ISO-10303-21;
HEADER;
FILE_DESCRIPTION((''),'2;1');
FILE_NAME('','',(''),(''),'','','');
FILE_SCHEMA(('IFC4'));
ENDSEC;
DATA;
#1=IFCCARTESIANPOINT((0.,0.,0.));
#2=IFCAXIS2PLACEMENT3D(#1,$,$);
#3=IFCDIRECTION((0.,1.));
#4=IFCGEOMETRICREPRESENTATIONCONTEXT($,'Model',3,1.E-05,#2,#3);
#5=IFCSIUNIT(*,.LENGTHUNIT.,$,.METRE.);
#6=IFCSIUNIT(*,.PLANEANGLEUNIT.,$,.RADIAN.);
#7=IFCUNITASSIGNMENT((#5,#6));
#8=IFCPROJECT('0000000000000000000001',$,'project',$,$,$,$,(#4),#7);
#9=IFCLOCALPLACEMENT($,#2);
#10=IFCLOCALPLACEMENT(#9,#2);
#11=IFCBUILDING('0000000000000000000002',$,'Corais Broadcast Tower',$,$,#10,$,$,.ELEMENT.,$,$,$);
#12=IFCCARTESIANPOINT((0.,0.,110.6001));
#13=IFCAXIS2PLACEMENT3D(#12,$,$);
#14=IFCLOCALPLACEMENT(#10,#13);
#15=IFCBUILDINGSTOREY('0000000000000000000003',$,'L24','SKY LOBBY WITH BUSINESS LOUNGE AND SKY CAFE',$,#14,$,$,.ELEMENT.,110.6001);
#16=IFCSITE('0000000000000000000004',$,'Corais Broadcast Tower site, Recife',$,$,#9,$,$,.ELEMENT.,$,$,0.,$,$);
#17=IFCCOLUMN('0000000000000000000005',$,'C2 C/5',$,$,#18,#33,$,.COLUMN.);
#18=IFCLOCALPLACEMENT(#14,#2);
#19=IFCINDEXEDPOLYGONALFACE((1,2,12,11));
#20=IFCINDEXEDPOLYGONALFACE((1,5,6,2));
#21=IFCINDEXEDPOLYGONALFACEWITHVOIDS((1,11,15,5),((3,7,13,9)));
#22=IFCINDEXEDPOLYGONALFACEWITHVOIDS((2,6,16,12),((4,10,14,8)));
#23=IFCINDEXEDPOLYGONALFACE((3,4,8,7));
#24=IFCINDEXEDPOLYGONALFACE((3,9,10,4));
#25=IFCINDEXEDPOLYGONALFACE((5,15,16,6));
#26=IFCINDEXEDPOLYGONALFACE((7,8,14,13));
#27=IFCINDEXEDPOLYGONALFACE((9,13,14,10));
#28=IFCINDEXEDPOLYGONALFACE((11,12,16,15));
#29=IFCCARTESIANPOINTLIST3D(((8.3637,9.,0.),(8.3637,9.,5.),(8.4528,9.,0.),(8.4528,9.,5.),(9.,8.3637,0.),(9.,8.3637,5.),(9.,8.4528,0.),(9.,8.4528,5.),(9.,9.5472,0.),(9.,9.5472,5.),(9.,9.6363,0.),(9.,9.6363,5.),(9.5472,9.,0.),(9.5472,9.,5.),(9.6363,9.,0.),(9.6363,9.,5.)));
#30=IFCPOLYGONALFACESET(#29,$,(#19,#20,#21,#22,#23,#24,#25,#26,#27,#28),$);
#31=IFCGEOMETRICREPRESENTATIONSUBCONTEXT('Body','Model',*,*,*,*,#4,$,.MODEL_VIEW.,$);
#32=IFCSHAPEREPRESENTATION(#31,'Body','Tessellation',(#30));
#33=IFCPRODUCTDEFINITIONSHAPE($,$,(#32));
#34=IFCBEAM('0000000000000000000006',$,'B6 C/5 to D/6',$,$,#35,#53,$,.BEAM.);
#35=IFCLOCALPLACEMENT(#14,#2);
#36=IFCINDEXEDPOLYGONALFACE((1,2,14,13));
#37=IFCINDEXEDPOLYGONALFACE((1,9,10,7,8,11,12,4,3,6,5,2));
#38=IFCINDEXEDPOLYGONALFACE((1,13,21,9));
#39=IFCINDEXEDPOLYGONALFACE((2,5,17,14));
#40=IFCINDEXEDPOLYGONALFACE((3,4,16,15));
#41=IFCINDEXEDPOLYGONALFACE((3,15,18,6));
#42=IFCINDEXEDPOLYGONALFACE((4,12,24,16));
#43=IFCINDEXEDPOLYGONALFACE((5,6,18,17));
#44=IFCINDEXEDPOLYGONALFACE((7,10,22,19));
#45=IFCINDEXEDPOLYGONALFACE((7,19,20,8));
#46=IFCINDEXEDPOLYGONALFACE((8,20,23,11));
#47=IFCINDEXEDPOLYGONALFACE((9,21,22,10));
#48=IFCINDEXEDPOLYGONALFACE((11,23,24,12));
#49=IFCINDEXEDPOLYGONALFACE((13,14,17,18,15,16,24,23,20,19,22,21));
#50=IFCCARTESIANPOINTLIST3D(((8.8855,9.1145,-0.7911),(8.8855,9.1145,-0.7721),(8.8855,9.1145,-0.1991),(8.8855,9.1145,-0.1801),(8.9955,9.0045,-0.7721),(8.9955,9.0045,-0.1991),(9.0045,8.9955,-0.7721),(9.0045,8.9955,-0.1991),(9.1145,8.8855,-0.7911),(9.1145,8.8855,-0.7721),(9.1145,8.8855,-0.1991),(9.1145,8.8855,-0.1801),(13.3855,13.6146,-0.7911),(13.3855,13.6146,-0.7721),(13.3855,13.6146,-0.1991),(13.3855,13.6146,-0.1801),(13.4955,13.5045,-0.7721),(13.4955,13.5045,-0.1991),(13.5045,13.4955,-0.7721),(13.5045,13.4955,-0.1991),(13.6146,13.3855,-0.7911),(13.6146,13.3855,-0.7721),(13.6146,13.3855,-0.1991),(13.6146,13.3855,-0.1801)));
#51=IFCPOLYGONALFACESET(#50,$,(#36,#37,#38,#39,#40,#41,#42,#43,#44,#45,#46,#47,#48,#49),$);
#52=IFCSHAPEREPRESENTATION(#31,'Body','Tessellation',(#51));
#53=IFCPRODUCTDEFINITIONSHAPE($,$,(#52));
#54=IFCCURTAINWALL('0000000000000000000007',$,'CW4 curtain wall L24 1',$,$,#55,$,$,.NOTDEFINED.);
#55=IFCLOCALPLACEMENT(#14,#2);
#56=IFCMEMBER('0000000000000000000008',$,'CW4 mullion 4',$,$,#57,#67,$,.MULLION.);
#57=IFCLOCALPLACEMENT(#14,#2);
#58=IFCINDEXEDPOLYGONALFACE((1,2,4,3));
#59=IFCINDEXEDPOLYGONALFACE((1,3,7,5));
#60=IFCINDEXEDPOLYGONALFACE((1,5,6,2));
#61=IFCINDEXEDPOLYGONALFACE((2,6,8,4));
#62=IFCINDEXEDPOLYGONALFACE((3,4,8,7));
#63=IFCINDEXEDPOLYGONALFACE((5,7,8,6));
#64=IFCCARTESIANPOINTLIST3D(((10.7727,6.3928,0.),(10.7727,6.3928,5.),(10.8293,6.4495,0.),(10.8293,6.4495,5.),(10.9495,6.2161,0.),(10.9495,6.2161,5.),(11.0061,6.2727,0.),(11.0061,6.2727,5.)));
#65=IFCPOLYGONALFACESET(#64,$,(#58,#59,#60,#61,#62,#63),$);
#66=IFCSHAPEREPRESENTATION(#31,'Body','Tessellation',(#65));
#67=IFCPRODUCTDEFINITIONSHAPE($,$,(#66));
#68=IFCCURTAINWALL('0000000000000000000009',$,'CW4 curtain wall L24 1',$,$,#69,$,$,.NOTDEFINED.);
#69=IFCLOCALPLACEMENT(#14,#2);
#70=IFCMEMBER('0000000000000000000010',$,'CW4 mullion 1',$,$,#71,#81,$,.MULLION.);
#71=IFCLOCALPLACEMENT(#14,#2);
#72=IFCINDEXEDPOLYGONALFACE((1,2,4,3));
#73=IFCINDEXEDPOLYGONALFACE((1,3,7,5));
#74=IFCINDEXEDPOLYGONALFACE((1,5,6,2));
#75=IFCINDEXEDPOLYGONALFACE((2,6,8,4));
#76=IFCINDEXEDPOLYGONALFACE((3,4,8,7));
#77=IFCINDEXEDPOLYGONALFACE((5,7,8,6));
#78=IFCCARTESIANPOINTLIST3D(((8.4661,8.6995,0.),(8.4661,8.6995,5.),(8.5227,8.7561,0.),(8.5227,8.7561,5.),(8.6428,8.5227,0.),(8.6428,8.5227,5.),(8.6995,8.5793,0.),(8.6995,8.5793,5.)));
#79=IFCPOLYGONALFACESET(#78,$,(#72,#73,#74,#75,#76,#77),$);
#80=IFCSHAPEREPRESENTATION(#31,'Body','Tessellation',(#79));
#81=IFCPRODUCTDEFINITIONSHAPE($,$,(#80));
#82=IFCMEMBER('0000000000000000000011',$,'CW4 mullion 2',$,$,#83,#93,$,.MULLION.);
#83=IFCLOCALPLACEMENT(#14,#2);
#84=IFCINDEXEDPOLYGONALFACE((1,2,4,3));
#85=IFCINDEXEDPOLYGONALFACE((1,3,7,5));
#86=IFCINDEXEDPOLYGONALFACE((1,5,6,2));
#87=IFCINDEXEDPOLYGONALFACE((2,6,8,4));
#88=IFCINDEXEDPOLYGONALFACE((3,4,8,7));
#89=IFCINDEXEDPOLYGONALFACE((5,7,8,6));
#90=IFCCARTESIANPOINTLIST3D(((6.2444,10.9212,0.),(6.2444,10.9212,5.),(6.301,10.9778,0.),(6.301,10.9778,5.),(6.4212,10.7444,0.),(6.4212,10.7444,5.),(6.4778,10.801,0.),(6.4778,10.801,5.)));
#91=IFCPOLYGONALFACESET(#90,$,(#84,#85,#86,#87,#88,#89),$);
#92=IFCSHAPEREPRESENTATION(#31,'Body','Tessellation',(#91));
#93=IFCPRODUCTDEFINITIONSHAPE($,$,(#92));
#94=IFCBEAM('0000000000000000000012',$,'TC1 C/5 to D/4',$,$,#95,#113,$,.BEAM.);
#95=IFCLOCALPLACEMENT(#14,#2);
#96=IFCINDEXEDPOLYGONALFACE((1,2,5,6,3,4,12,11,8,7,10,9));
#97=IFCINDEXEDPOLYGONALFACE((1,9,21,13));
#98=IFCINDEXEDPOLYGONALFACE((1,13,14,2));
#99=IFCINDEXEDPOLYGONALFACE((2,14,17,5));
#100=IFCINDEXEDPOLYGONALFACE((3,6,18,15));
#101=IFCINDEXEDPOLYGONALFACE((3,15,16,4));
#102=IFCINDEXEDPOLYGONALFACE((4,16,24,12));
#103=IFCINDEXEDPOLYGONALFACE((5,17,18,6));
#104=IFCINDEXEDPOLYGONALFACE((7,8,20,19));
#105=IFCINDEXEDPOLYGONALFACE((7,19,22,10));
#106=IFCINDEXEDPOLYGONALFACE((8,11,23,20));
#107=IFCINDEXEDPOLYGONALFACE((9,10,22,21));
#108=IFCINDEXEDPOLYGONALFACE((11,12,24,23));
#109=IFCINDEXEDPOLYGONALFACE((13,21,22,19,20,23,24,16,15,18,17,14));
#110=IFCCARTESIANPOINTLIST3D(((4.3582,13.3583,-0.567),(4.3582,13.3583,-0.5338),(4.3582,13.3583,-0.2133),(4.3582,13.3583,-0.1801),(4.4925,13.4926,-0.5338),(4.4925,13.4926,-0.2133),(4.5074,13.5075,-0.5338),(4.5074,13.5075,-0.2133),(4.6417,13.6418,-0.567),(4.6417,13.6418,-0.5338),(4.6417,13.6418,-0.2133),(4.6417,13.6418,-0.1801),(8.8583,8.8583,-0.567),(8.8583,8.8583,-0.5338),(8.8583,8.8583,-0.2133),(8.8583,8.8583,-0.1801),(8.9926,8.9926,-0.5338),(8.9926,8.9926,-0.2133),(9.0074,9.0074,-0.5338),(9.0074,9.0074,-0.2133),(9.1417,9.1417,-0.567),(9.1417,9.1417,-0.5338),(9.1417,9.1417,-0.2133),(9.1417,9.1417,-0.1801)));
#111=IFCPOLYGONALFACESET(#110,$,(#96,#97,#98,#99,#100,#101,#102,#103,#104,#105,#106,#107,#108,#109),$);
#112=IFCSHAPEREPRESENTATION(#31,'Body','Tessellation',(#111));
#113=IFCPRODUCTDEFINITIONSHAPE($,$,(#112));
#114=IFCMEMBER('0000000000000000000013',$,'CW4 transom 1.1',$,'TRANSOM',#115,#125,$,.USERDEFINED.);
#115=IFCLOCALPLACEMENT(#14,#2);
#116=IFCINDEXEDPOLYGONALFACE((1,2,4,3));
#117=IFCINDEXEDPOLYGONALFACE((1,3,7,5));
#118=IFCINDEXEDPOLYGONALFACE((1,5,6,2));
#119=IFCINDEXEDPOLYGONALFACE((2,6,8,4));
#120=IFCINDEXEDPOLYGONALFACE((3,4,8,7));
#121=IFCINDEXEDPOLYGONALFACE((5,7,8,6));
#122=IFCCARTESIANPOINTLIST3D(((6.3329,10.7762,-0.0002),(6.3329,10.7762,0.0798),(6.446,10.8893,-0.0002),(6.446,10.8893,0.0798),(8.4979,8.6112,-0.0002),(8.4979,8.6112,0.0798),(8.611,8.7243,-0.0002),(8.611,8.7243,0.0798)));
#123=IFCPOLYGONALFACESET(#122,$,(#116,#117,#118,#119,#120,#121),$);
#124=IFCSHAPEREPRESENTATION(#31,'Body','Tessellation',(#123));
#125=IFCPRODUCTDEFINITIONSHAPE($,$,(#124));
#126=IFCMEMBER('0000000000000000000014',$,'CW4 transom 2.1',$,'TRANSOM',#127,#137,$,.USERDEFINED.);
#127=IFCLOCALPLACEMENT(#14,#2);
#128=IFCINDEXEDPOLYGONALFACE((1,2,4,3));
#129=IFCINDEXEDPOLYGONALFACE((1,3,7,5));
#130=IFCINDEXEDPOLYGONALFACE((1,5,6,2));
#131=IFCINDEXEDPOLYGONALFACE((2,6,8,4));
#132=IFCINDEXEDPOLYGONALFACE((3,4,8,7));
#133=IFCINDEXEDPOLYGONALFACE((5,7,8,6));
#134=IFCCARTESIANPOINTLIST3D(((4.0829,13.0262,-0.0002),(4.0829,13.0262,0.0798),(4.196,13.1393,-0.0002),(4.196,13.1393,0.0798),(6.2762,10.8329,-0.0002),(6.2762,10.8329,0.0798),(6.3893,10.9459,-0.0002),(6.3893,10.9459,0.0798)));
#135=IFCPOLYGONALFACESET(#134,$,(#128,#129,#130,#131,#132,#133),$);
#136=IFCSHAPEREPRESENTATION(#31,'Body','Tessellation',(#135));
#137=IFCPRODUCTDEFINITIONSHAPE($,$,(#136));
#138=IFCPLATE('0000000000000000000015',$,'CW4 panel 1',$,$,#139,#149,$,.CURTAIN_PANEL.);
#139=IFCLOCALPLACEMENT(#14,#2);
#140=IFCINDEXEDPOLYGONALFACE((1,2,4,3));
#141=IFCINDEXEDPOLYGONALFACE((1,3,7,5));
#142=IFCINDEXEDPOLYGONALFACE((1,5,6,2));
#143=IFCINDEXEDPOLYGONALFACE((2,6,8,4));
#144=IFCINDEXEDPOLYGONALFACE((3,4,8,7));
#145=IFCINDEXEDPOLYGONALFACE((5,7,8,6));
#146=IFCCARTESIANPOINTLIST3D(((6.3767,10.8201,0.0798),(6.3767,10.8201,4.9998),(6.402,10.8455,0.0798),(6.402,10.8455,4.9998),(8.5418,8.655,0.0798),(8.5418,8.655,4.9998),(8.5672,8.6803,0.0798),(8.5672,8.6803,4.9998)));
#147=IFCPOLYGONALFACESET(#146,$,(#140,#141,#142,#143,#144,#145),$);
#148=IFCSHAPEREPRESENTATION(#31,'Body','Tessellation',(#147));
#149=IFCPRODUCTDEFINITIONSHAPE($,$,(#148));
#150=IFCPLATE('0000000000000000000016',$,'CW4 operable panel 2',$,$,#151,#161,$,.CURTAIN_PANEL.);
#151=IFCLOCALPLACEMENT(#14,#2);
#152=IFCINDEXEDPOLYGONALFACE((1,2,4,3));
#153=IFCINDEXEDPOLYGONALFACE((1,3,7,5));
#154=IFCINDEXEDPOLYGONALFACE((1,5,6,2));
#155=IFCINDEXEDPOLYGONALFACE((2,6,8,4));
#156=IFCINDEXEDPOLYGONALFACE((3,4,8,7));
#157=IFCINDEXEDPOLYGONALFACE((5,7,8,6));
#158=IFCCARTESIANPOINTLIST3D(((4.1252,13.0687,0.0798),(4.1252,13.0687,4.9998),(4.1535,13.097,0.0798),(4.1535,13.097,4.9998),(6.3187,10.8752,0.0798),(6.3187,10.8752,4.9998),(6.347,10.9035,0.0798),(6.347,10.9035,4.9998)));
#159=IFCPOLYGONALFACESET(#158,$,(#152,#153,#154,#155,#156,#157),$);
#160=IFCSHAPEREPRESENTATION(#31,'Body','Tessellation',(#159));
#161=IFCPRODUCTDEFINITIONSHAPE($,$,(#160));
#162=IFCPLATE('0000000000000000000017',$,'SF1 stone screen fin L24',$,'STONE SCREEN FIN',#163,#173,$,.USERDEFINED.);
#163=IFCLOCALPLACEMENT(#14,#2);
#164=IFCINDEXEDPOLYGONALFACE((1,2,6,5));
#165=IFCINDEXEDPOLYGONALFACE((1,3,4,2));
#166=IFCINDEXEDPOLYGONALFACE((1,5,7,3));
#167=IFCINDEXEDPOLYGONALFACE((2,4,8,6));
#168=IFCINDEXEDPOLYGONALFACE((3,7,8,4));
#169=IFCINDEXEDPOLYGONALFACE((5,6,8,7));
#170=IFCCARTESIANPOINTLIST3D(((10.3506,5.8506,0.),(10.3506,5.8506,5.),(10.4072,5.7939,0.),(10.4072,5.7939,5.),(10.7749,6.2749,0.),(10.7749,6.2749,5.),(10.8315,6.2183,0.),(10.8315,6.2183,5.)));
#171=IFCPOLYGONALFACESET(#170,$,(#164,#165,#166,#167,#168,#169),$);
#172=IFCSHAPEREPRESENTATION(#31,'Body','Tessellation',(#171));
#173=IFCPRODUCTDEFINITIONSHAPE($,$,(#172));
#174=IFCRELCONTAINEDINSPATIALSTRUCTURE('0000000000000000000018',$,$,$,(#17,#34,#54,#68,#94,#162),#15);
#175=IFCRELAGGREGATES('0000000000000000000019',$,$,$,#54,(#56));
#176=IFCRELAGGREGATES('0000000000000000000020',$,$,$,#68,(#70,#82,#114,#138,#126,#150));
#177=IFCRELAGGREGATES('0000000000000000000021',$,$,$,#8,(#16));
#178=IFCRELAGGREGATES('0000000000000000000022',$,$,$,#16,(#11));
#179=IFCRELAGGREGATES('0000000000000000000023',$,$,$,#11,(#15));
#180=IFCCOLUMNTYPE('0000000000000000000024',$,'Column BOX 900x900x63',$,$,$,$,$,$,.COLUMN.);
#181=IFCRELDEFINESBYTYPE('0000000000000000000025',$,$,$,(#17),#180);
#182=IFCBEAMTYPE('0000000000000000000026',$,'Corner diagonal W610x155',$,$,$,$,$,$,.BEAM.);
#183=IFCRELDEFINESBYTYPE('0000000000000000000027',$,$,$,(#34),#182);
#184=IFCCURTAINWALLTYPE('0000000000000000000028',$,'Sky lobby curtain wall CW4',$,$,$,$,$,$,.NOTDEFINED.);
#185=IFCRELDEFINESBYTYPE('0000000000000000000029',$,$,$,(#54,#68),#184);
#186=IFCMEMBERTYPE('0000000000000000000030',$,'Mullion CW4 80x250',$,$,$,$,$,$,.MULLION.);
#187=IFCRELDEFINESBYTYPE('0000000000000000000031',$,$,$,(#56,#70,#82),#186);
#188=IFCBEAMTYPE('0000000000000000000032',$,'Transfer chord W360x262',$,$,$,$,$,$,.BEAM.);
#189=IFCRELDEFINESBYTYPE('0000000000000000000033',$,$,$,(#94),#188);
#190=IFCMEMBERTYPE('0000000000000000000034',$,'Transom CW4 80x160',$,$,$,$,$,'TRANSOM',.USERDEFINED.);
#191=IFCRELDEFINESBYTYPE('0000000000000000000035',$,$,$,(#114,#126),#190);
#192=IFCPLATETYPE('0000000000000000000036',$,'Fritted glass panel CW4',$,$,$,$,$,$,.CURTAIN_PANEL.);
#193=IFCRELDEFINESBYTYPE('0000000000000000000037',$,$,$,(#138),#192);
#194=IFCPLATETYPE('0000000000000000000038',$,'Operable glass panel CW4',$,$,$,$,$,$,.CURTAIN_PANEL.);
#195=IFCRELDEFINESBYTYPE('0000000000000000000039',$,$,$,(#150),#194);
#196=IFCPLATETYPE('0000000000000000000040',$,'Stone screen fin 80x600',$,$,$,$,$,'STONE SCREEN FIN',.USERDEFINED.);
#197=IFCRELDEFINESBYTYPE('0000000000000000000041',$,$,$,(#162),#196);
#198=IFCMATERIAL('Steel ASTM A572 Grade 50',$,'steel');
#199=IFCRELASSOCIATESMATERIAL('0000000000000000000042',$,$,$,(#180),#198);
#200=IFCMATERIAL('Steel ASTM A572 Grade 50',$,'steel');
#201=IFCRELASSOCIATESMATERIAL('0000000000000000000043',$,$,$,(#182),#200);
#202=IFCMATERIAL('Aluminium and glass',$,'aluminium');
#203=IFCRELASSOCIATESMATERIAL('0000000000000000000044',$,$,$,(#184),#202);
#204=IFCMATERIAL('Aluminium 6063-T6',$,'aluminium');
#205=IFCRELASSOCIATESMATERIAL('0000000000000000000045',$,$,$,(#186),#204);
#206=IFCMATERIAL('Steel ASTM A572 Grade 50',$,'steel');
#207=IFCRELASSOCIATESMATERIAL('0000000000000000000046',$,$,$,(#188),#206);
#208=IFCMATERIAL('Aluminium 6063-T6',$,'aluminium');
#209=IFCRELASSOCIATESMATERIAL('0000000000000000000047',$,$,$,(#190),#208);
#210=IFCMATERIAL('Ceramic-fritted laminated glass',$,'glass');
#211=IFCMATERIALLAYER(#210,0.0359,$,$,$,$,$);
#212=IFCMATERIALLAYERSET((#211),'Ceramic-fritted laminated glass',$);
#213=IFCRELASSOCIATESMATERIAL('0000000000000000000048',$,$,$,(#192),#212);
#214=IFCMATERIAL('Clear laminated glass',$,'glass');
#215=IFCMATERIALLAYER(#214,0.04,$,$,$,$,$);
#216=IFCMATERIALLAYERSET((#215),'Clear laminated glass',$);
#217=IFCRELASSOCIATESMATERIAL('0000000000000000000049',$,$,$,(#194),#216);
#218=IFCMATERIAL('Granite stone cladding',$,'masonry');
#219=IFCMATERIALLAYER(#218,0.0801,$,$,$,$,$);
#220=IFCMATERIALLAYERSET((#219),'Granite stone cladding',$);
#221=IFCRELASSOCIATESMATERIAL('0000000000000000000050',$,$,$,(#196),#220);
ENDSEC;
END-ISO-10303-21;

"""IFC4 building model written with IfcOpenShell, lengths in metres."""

from ifc_helpers import new_model, si_unit, direction, frame, origin, origin_2d, place, context, subcontext, project, spatial, rectangle, hollow_rectangle, i_section, extrude, material, layer, layer_set, material_profile, profile_set, type_object, element, aggregate, save


model = new_model("IFC4")

# Units and contexts
model_context = context("Model", 3, precision=1e-05, world=origin(), true_north=direction((0.0, 1.0)))
body_context = subcontext(model_context, "Body", "Model", "MODEL_VIEW")
ifc_project = project(units=[si_unit("LENGTHUNIT", "METRE"), si_unit("PLANEANGLEUNIT", "RADIAN")], contexts=[model_context])

# Site, building, storey
site_placement = place(None, origin())
site = spatial("IfcSite", under=ifc_project, at=site_placement, Name="Corais Broadcast Tower site, Recife", CompositionType="ELEMENT", RefElevation=0.0)
building_placement = place(site_placement, origin())
building = spatial("IfcBuilding", under=site, at=building_placement, Name="Corais Broadcast Tower", CompositionType="ELEMENT")
storey_placement = place(building_placement, frame((0.0, 0.0, 110.6001)))
storey = spatial("IfcBuildingStorey", under=building, at=storey_placement, Name="L24", Description="SKY LOBBY WITH BUSINESS LOUNGE AND SKY CAFE", CompositionType="ELEMENT", Elevation=110.6001)

# Column
ifc_material_1 = material(Name="Steel ASTM A572 Grade 50", Category="steel")
ifc_material_profile_1 = material_profile(ifc_material_1, hollow_rectangle(XDim=0.8999, YDim=0.8999, WallThickness=0.063, at=origin_2d()), Name="BOX 900x900x63")
ifc_profile_set_1 = profile_set([ifc_material_profile_1], Name="Steel ASTM A572 Grade 50")
column_type = type_object("IfcColumnType", Name="Column BOX 900x900x63", PredefinedType="COLUMN", material=ifc_profile_set_1)
column_placement = place(storey_placement, frame((9.0, 9.0, 0.0), z_axis=(0.0, 0.0, 1.0), x_axis=(0.707107, 0.707107, 0.0)))
element("IfcColumn", 1, at=column_placement, inside=storey, type_object=column_type, Name="C2 C/5", PredefinedType="COLUMN", context=body_context, shape_type="SweptSolid", body=[
    extrude(hollow_rectangle(XDim=0.8999, YDim=0.8999, WallThickness=0.063, at=origin_2d()), origin(), (0.0, 0.0, 1.0), 5.0),
])

# Beam
ifc_material_2 = material(Name="Steel ASTM A572 Grade 50", Category="steel")
ifc_material_profile_2 = material_profile(ifc_material_2, i_section(OverallWidth=0.324, OverallDepth=0.6111, WebThickness=0.0127, FlangeThickness=0.019, at=origin_2d()), Name="W610x155")
ifc_profile_set_2 = profile_set([ifc_material_profile_2], Name="Steel ASTM A572 Grade 50")
beam_type_1 = type_object("IfcBeamType", Name="Corner diagonal W610x155", PredefinedType="BEAM", material=ifc_profile_set_2)
beam_1_placement = place(storey_placement, frame((9.0, 9.0, -0.4856), z_axis=(0.707107, 0.707107, 0.0), x_axis=(-0.707107, 0.707107, 0.0)))
element("IfcBeam", 2, at=beam_1_placement, inside=storey, type_object=beam_type_1, Name="B6 C/5 to D/6", PredefinedType="BEAM", context=body_context, shape_type="SweptSolid", body=[
    extrude(i_section(OverallWidth=0.324, OverallDepth=0.6111, WebThickness=0.0127, FlangeThickness=0.019, at=origin_2d()), origin(), (0.0, 0.0, 1.0), 6.364),
])

# Curtain wall, member
ifc_material_3 = material(Name="Aluminium and glass", Category="aluminium")
curtain_wall_type = type_object("IfcCurtainWallType", Name="Sky lobby curtain wall CW4", PredefinedType="NOTDEFINED", material=ifc_material_3)
curtain_wall_1_placement = place(storey_placement, origin())
curtain_wall_1 = element("IfcCurtainWall", 3, at=curtain_wall_1_placement, inside=storey, type_object=curtain_wall_type, Name="CW4 curtain wall L24 1", PredefinedType="NOTDEFINED")
ifc_material_4 = material(Name="Aluminium 6063-T6", Category="aluminium")
ifc_material_profile_3 = material_profile(ifc_material_4, rectangle(XDim=0.0801, YDim=0.25, at=origin_2d()), Name="Mullion CW4 80x250")
ifc_profile_set_3 = profile_set([ifc_material_profile_3], Name="Aluminium 6063-T6")
member_type_1 = type_object("IfcMemberType", Name="Mullion CW4 80x250", PredefinedType="MULLION", material=ifc_profile_set_3)
member_1_placement = place(storey_placement, frame((10.8894, 6.3328, 0.0), z_axis=(0.0, 0.0, 1.0), x_axis=(-0.707107, -0.707107, 0.0)))
member_1 = element("IfcMember", 4, at=member_1_placement, type_object=member_type_1, Name="CW4 mullion 4", PredefinedType="MULLION", context=body_context, shape_type="SweptSolid", body=[
    extrude(rectangle(XDim=0.0801, YDim=0.25, at=origin_2d()), origin(), (0.0, 0.0, 1.0), 5.0),
])
aggregate(curtain_wall_1, [member_1])

# Curtain wall, members
curtain_wall_2_placement = place(storey_placement, origin())
curtain_wall_2 = element("IfcCurtainWall", 5, at=curtain_wall_2_placement, inside=storey, type_object=curtain_wall_type, Name="CW4 curtain wall L24 1", PredefinedType="NOTDEFINED")
member_2_placement = place(storey_placement, frame((8.5828, 8.6394, 0.0), z_axis=(0.0, 0.0, 1.0), x_axis=(-0.707107, -0.707107, 0.0)))
member_2 = element("IfcMember", 6, at=member_2_placement, type_object=member_type_1, Name="CW4 mullion 1", PredefinedType="MULLION", context=body_context, shape_type="SweptSolid", body=[
    extrude(rectangle(XDim=0.0801, YDim=0.25, at=origin_2d()), origin(), (0.0, 0.0, 1.0), 5.0),
])
member_3_placement = place(storey_placement, frame((6.3611, 10.8611, 0.0), z_axis=(0.0, 0.0, 1.0), x_axis=(-0.707107, -0.707107, 0.0)))
member_3 = element("IfcMember", 7, at=member_3_placement, type_object=member_type_1, Name="CW4 mullion 2", PredefinedType="MULLION", context=body_context, shape_type="SweptSolid", body=[
    extrude(rectangle(XDim=0.0801, YDim=0.25, at=origin_2d()), origin(), (0.0, 0.0, 1.0), 5.0),
])

# Beam
ifc_material_5 = material(Name="Steel ASTM A572 Grade 50", Category="steel")
ifc_material_profile_4 = material_profile(ifc_material_5, i_section(OverallWidth=0.4009, OverallDepth=0.387, WebThickness=0.021, FlangeThickness=0.0332, at=origin_2d()), Name="W360x262")
ifc_profile_set_4 = profile_set([ifc_material_profile_4], Name="Steel ASTM A572 Grade 50")
beam_type_2 = type_object("IfcBeamType", Name="Transfer chord W360x262", PredefinedType="BEAM", material=ifc_profile_set_4)
beam_2_placement = place(storey_placement, frame((9.0, 9.0, -0.3735), z_axis=(-0.707107, 0.707107, 0.0), x_axis=(-0.707107, -0.707107, 0.0)))
element("IfcBeam", 8, at=beam_2_placement, inside=storey, type_object=beam_type_2, Name="TC1 C/5 to D/4", PredefinedType="BEAM", context=body_context, shape_type="SweptSolid", body=[
    extrude(i_section(OverallWidth=0.4009, OverallDepth=0.387, WebThickness=0.021, FlangeThickness=0.0332, at=origin_2d()), origin(), (0.0, 0.0, 1.0), 6.364),
])

# Members
ifc_material_6 = material(Name="Aluminium 6063-T6", Category="aluminium")
ifc_material_profile_5 = material_profile(ifc_material_6, rectangle(XDim=0.1599, YDim=0.0801, at=origin_2d()), Name="Transom CW4 80x160")
ifc_profile_set_5 = profile_set([ifc_material_profile_5], Name="Aluminium 6063-T6")
member_type_2 = type_object("IfcMemberType", Name="Transom CW4 80x160", ElementType="TRANSOM", PredefinedType="USERDEFINED", material=ifc_profile_set_5)
member_4_placement = place(storey_placement, frame((8.5544, 8.6677, 0.0398), z_axis=(-0.707107, 0.707107, 0.0), x_axis=(-0.707107, -0.707107, 0.0)))
member_4 = element("IfcMember", 9, at=member_4_placement, type_object=member_type_2, Name="CW4 transom 1.1", ObjectType="TRANSOM", PredefinedType="USERDEFINED", context=body_context, shape_type="SweptSolid", body=[
    extrude(rectangle(XDim=0.1599, YDim=0.0801, at=origin_2d()), origin(), (0.0, 0.0, 1.0), 3.0618),
])
member_5_placement = place(storey_placement, frame((6.3328, 10.8894, 0.0398), z_axis=(-0.707107, 0.707107, 0.0), x_axis=(-0.707107, -0.707107, 0.0)))
member_5 = element("IfcMember", 10, at=member_5_placement, type_object=member_type_2, Name="CW4 transom 2.1", ObjectType="TRANSOM", PredefinedType="USERDEFINED", context=body_context, shape_type="SweptSolid", body=[
    extrude(rectangle(XDim=0.1599, YDim=0.0801, at=origin_2d()), origin(), (0.0, 0.0, 1.0), 3.1018),
])

# Plates
ifc_material_7 = material(Name="Ceramic-fritted laminated glass", Category="glass")
ifc_layer_1 = layer(ifc_material_7, 0.0359)
ifc_layer_set_1 = layer_set([ifc_layer_1], Name="Ceramic-fritted laminated glass")
plate_type_1 = type_object("IfcPlateType", Name="Fritted glass panel CW4", PredefinedType="CURTAIN_PANEL", material=ifc_layer_set_1)
plate_1_placement = place(storey_placement, frame((7.4719, 9.7502, 0.0798), z_axis=(0.0, 0.0, 1.0), x_axis=(-0.707107, 0.707107, 0.0)))
plate_1 = element("IfcPlate", 11, at=plate_1_placement, type_object=plate_type_1, Name="CW4 panel 1", PredefinedType="CURTAIN_PANEL", context=body_context, shape_type="SweptSolid", body=[
    extrude(rectangle(XDim=3.062, YDim=0.0359, at=origin_2d()), origin(), (0.0, 0.0, 1.0), 4.9199),
])
ifc_material_8 = material(Name="Clear laminated glass", Category="glass")
ifc_layer_2 = layer(ifc_material_8, 0.04)
ifc_layer_set_2 = layer_set([ifc_layer_2], Name="Clear laminated glass")
plate_type_2 = type_object("IfcPlateType", Name="Operable glass panel CW4", PredefinedType="CURTAIN_PANEL", material=ifc_layer_set_2)
plate_2_placement = place(storey_placement, frame((5.2361, 11.9861, 0.0798), z_axis=(0.0, 0.0, 1.0), x_axis=(-0.707107, 0.707107, 0.0)))
plate_2 = element("IfcPlate", 12, at=plate_2_placement, type_object=plate_type_2, Name="CW4 operable panel 2", PredefinedType="CURTAIN_PANEL", context=body_context, shape_type="SweptSolid", body=[
    extrude(rectangle(XDim=3.1021, YDim=0.04, at=origin_2d()), origin(), (0.0, 0.0, 1.0), 4.9199),
])
aggregate(curtain_wall_2, [member_2, member_3, member_4, plate_1, member_5, plate_2])

# Plate
ifc_material_9 = material(Name="Granite stone cladding", Category="masonry")
ifc_layer_3 = layer(ifc_material_9, 0.0801)
ifc_layer_set_3 = layer_set([ifc_layer_3], Name="Granite stone cladding")
plate_type_3 = type_object("IfcPlateType", Name="Stone screen fin 80x600", ElementType="STONE SCREEN FIN", PredefinedType="USERDEFINED", material=ifc_layer_set_3)
for number, where, z_axis, x_axis, name in (
    (13, (10.5911, 6.0344, 0.0), (0.0, 0.0, 1.0), (-0.707107, 0.707107, 0.0), "SF1 stone screen fin L24"),
):
    element("IfcPlate", number, at=place(storey_placement, frame(where, z_axis=z_axis, x_axis=x_axis)), inside=storey, type_object=plate_type_3, Name=name, ObjectType="STONE SCREEN FIN", PredefinedType="USERDEFINED", context=body_context, shape_type="SweptSolid", body=[
        extrude(rectangle(XDim=0.0801, YDim=0.6001, at=origin_2d()), origin(), (0.0, 0.0, 1.0), 5.0),
    ])

save(model, "model.ifc")
